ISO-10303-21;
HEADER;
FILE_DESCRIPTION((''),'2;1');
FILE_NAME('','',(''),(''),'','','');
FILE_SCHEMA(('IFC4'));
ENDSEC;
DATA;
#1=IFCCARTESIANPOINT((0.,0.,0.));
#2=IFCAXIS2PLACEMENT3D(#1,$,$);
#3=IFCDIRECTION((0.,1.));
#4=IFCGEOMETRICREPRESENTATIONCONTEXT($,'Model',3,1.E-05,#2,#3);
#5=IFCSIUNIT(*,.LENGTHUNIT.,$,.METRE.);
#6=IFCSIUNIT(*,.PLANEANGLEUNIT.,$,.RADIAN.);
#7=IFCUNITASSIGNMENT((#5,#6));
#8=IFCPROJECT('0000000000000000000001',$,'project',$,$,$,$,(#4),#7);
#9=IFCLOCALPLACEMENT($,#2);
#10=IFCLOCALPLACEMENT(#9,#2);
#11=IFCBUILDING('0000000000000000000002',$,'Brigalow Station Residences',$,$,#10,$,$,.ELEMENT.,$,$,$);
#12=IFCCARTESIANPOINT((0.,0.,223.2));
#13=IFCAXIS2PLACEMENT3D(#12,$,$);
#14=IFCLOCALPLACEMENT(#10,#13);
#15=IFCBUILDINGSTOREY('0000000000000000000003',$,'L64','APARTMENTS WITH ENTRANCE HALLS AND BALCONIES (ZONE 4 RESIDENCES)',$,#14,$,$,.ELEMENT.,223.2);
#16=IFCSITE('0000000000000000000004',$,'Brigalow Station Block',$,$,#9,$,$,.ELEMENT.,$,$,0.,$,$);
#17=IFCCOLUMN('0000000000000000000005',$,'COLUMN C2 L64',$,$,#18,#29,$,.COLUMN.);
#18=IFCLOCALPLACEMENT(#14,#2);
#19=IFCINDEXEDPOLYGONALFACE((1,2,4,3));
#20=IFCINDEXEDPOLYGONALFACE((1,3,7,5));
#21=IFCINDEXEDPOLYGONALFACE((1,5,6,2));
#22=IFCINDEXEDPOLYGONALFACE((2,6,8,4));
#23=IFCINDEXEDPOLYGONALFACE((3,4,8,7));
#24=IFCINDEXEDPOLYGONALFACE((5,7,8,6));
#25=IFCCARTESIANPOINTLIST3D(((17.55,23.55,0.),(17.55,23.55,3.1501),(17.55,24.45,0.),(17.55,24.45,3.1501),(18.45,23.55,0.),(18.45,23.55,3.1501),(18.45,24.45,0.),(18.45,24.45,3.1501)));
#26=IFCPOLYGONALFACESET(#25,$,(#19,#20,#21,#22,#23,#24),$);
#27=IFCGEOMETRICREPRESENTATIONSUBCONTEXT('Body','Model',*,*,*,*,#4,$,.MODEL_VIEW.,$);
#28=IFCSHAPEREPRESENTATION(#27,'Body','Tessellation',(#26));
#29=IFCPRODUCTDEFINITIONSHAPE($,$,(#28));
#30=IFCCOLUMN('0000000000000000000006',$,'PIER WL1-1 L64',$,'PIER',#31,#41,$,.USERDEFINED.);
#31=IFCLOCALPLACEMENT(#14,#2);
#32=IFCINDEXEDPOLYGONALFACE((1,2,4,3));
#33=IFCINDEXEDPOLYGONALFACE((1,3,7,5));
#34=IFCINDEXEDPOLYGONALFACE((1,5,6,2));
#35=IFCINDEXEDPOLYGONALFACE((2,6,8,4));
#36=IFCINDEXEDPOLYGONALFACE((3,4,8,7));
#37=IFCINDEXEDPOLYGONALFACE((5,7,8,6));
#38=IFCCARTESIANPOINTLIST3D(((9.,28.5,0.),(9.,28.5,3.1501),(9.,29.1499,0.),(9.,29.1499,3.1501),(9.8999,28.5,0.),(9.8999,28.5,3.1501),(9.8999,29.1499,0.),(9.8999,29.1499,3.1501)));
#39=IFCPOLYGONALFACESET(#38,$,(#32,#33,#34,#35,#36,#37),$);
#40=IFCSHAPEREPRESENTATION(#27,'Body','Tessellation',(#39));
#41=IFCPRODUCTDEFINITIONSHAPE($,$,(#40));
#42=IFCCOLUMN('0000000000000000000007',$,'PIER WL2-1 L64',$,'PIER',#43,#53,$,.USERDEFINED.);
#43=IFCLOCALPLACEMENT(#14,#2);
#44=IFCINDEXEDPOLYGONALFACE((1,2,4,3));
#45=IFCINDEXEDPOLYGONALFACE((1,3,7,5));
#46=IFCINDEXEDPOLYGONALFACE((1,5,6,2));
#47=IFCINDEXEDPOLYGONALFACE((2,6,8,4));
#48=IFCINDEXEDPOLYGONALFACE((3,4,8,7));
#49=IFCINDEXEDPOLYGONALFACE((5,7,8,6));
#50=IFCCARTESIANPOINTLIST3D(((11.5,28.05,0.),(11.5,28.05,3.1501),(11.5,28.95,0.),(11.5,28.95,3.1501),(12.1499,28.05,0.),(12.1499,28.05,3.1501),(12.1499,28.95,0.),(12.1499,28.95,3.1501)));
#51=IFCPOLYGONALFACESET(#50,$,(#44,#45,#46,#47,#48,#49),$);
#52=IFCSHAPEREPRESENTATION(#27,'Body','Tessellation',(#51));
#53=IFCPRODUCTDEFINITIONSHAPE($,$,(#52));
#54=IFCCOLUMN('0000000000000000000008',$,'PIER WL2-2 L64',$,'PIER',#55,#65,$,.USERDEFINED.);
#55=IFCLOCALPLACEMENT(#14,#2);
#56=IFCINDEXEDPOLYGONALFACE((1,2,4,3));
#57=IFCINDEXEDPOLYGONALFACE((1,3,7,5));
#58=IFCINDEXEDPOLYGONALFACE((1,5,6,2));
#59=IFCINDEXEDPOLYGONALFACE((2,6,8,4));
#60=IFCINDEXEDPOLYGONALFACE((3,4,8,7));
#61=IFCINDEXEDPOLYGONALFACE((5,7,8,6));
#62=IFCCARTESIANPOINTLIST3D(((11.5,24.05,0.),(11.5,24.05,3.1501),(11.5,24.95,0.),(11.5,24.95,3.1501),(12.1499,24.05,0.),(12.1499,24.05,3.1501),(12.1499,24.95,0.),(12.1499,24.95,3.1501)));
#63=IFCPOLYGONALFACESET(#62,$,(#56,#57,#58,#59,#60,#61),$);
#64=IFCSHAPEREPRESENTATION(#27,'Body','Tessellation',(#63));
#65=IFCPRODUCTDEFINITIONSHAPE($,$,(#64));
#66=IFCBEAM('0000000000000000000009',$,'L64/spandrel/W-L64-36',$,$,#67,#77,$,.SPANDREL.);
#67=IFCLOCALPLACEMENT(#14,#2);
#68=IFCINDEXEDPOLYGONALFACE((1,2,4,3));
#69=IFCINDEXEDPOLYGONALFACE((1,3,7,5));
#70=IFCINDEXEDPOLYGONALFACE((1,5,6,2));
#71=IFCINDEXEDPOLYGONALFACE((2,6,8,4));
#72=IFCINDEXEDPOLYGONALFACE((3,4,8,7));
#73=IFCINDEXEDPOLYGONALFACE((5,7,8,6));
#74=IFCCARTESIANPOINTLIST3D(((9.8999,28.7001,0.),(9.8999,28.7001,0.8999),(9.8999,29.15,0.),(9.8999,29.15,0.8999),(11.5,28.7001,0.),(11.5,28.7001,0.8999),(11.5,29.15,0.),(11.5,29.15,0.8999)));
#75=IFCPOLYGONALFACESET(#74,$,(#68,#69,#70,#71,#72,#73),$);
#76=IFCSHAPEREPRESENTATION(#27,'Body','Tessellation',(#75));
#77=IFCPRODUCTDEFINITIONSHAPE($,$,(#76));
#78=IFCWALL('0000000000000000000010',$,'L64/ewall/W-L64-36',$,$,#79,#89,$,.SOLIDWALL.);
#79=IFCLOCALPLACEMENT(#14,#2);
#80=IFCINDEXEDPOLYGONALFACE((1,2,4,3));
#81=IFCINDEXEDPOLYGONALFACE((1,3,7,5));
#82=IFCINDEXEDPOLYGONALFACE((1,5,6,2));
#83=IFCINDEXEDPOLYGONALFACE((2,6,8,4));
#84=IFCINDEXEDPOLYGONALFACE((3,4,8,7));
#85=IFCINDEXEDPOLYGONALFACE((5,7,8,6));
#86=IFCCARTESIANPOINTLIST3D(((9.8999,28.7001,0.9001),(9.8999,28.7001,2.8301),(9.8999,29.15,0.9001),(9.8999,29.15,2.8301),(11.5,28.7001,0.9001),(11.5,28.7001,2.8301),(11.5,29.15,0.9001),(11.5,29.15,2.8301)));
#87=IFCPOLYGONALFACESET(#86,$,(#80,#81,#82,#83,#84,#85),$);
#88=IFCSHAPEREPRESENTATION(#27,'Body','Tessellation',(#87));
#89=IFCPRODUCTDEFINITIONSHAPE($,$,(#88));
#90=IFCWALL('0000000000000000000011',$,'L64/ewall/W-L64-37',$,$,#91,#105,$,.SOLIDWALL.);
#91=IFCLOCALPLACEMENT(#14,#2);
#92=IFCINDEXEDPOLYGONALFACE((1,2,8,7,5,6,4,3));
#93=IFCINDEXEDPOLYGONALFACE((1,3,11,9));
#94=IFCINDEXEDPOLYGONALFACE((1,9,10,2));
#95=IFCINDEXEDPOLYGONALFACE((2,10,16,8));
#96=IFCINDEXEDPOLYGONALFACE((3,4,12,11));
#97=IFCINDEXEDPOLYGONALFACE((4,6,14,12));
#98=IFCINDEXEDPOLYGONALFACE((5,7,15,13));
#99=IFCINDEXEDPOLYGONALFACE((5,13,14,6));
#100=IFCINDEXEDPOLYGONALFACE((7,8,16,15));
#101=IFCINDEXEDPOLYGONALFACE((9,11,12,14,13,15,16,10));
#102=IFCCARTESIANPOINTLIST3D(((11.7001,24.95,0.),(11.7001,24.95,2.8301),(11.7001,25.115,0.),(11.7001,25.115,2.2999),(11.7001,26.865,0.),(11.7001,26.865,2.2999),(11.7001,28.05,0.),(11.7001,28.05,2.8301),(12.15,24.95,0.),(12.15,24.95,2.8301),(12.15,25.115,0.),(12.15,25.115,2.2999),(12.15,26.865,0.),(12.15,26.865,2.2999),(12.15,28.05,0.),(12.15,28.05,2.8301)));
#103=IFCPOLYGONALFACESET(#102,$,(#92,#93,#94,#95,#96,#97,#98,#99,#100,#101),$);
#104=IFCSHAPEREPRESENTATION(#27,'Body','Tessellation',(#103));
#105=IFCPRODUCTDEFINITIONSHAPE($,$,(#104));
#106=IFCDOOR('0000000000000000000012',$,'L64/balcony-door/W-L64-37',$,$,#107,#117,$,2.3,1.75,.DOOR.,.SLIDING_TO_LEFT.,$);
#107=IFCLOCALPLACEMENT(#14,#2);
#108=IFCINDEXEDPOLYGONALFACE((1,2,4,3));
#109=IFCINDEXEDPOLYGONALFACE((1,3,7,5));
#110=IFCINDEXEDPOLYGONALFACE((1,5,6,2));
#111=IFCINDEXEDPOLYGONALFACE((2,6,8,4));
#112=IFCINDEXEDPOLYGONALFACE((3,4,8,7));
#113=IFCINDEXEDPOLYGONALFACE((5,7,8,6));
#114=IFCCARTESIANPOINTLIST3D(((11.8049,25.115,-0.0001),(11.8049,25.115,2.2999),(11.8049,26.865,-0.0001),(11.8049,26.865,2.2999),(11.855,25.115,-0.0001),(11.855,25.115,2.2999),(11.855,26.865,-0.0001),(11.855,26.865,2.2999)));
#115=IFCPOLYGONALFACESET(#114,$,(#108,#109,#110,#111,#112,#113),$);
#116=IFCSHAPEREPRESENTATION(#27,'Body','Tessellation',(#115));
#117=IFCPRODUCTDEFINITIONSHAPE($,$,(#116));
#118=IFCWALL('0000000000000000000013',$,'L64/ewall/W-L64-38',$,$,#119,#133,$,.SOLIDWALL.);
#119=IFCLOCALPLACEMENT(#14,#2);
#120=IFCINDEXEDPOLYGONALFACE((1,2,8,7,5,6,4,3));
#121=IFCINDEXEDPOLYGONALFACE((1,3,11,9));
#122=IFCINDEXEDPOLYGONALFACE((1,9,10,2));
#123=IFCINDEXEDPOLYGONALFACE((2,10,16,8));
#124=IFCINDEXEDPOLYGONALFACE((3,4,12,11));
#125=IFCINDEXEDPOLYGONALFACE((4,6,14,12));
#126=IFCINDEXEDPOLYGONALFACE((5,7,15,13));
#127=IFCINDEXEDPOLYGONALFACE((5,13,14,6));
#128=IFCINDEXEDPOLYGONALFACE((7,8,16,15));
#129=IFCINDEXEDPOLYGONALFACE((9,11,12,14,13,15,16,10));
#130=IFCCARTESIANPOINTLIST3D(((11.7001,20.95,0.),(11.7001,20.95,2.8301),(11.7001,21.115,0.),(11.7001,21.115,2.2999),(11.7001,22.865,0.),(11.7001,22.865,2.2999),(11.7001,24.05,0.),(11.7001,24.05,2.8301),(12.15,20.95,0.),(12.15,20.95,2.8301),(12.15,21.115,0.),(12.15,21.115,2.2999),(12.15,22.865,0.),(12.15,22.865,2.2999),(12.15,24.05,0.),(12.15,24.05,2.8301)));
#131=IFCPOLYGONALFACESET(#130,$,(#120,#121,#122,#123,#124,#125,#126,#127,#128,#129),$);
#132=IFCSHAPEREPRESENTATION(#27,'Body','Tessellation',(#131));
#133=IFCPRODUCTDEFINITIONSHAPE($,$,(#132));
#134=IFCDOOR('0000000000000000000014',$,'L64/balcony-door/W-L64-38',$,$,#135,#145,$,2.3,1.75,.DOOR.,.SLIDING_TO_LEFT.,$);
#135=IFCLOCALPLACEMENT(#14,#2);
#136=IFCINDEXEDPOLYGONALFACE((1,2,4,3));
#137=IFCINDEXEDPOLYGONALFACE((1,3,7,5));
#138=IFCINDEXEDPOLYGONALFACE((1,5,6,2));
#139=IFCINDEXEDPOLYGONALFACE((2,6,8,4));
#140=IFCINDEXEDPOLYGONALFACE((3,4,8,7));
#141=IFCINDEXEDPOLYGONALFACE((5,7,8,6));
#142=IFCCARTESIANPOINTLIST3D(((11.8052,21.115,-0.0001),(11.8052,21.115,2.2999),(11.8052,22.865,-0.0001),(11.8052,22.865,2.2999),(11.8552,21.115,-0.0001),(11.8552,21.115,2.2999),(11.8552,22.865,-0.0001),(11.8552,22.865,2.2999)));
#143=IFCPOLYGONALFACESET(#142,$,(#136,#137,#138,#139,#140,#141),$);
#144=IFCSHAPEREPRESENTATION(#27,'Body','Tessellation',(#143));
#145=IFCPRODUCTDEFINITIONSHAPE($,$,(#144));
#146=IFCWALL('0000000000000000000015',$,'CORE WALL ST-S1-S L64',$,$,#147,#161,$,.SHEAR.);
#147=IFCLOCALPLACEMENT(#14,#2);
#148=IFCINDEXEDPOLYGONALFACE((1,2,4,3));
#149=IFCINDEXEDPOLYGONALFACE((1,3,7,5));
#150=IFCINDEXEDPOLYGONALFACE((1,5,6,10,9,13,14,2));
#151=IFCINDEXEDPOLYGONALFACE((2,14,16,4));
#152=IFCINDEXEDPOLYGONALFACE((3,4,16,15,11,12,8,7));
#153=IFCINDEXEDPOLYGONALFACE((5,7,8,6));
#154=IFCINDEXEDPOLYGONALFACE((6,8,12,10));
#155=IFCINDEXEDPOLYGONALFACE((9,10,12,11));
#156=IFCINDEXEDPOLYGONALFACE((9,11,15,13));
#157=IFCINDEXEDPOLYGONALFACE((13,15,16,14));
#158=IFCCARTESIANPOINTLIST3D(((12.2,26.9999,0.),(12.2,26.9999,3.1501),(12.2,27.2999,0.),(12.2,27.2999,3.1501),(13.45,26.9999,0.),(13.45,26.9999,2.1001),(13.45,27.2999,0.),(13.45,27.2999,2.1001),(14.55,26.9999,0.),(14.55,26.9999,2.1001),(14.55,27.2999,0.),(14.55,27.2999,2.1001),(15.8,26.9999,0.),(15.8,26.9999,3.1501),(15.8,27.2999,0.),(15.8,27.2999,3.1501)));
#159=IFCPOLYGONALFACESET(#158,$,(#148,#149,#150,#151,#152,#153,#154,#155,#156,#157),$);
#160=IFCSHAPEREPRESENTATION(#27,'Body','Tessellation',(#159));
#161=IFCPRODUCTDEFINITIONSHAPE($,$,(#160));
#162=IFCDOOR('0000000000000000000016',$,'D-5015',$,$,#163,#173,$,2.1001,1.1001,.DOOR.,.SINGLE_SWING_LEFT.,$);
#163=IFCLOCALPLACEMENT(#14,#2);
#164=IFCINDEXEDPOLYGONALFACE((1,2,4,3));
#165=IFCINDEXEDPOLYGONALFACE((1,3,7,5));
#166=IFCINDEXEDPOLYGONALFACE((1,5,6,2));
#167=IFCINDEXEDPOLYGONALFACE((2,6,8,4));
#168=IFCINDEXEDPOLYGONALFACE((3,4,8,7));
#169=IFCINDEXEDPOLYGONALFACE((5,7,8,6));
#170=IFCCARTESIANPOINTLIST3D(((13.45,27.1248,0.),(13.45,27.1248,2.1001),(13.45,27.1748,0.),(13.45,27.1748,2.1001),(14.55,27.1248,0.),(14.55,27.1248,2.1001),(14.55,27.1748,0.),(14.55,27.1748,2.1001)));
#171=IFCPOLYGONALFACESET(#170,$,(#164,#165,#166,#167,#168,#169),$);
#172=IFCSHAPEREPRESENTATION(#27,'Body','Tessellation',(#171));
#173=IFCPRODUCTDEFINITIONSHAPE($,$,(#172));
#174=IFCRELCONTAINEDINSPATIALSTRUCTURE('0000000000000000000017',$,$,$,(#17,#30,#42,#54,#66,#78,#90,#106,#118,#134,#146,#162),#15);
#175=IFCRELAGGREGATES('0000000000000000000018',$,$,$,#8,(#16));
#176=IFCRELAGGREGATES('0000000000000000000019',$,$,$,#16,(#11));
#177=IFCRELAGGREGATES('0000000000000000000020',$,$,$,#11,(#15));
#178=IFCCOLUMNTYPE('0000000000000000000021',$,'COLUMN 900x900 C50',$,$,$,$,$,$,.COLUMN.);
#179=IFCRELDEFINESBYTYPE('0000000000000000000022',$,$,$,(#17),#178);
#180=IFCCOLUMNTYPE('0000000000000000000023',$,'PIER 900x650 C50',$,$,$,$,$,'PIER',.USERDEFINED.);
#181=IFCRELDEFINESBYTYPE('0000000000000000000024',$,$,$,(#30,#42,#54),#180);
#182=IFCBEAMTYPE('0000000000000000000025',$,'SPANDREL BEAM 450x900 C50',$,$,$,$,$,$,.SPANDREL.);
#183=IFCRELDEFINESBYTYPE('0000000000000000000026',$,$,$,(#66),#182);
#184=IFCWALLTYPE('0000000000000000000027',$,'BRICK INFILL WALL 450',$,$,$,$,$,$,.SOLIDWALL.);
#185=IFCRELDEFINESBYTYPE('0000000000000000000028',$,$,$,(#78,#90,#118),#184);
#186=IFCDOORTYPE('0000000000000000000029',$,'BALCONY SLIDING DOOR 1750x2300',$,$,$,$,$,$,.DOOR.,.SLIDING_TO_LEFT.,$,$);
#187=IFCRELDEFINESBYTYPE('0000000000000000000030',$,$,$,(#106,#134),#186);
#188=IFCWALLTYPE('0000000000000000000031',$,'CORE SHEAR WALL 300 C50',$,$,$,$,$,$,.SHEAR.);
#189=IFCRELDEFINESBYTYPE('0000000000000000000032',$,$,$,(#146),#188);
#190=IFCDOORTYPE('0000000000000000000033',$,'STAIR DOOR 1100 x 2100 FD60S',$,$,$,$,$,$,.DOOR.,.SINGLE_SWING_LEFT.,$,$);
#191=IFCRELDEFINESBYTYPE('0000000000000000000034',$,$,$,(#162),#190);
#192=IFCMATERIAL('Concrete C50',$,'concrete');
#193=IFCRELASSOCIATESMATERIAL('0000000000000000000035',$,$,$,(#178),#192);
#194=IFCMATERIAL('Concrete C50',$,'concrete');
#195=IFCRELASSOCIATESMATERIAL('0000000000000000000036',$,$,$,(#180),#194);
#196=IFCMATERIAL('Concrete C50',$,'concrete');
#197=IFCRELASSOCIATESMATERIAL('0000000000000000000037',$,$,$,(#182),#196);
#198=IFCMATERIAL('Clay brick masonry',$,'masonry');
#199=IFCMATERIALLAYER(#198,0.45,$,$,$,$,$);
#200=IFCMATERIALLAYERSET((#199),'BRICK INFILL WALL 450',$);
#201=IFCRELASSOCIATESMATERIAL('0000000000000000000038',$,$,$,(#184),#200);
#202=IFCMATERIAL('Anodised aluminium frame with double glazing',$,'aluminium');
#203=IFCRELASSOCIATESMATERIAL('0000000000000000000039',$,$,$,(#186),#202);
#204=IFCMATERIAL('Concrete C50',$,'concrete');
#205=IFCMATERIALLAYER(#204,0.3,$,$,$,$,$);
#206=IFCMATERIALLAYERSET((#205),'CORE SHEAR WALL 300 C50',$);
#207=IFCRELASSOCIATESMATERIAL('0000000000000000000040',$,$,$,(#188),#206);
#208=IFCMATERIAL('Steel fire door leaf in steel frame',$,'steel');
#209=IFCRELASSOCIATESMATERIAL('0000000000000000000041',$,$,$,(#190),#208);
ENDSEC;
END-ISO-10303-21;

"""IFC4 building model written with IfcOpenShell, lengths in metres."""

from ifc_helpers import new_model, si_unit, direction, frame, frame_2d, origin, origin_2d, place, context, subcontext, project, spatial, rectangle, extrude, material, layer, layer_set, material_profile, profile_set, type_object, element, fill, save


model = new_model("IFC4")

# Units and contexts
model_context = context("Model", 3, precision=1e-05, world=origin(), true_north=direction((0.0, 1.0)))
body_context = subcontext(model_context, "Body", "Model", "MODEL_VIEW")
ifc_project = project(units=[si_unit("LENGTHUNIT", "METRE"), si_unit("PLANEANGLEUNIT", "RADIAN")], contexts=[model_context])

# Site, building, storey
site_placement = place(None, origin())
site = spatial("IfcSite", under=ifc_project, at=site_placement, Name="Brigalow Station Block", CompositionType="ELEMENT", RefElevation=0.0)
building_placement = place(site_placement, origin())
building = spatial("IfcBuilding", under=site, at=building_placement, Name="Brigalow Station Residences", CompositionType="ELEMENT")
storey_placement = place(building_placement, frame((0.0, 0.0, 223.2)))
storey = spatial("IfcBuildingStorey", under=building, at=storey_placement, Name="L64", Description="APARTMENTS WITH ENTRANCE HALLS AND BALCONIES (ZONE 4 RESIDENCES)", CompositionType="ELEMENT", Elevation=223.2)

# Columns
ifc_material_1 = material(Name="Concrete C50", Category="concrete")
ifc_material_profile_1 = material_profile(ifc_material_1, rectangle(XDim=0.8999, YDim=0.8999, at=origin_2d()), Name="RC900x900")
ifc_profile_set_1 = profile_set([ifc_material_profile_1], Name="Concrete C50")
column_type_1 = type_object("IfcColumnType", Name="COLUMN 900x900 C50", PredefinedType="COLUMN", material=ifc_profile_set_1)
column_placement = place(storey_placement, frame((18.0, 24.0, 0.0), z_axis=(0.0, 0.0, 1.0), x_axis=(1.0, 0.0, 0.0)))
element("IfcColumn", 1, at=column_placement, inside=storey, type_object=column_type_1, Name="COLUMN C2 L64", PredefinedType="COLUMN", context=body_context, shape_type="SweptSolid", body=[
    extrude(rectangle(XDim=0.8999, YDim=0.8999, at=origin_2d()), origin(), (0.0, 0.0, 1.0), 3.1501),
])
ifc_material_2 = material(Name="Concrete C50", Category="concrete")
ifc_material_profile_2 = material_profile(ifc_material_2, rectangle(XDim=0.8999, YDim=0.6499, at=origin_2d()), Name="RC900x650")
ifc_profile_set_2 = profile_set([ifc_material_profile_2], Name="Concrete C50")
column_type_2 = type_object("IfcColumnType", Name="PIER 900x650 C50", ElementType="PIER", PredefinedType="USERDEFINED", material=ifc_profile_set_2)
for number, where, z_axis, x_axis, name in (
    (2, (9.45, 28.825, 0.0), (0.0, 0.0, 1.0), (1.0, 0.0, 0.0), "PIER WL1-1 L64"),
    (3, (11.825, 28.5, 0.0), (0.0, 0.0, 1.0), (0.0, -1.0, 0.0), "PIER WL2-1 L64"),
    (4, (11.825, 24.5, 0.0), (0.0, 0.0, 1.0), (0.0, -1.0, 0.0), "PIER WL2-2 L64"),
):
    element("IfcColumn", number, at=place(storey_placement, frame(where, z_axis=z_axis, x_axis=x_axis)), inside=storey, type_object=column_type_2, Name=name, ObjectType="PIER", PredefinedType="USERDEFINED", context=body_context, shape_type="SweptSolid", body=[
        extrude(rectangle(XDim=0.8999, YDim=0.6499, at=origin_2d()), origin(), (0.0, 0.0, 1.0), 3.1501),
    ])

# Beam
ifc_material_3 = material(Name="Concrete C50", Category="concrete")
ifc_material_profile_3 = material_profile(ifc_material_3, rectangle(XDim=0.45, YDim=0.8999, at=origin_2d()), Name="RC450x900")
ifc_profile_set_3 = profile_set([ifc_material_profile_3], Name="Concrete C50")
beam_type = type_object("IfcBeamType", Name="SPANDREL BEAM 450x900 C50", PredefinedType="SPANDREL", material=ifc_profile_set_3)
beam_placement = place(storey_placement, frame((9.8999, 28.925, 0.45), z_axis=(1.0, 0.0, 0.0), x_axis=(0.0, 1.0, 0.0)))
element("IfcBeam", 5, at=beam_placement, inside=storey, type_object=beam_type, Name="L64/spandrel/W-L64-36", PredefinedType="SPANDREL", context=body_context, shape_type="SweptSolid", body=[
    extrude(rectangle(XDim=0.45, YDim=0.8999, at=origin_2d()), origin(), (0.0, 0.0, 1.0), 1.6001),
])

# Wall
ifc_material_4 = material(Name="Clay brick masonry", Category="masonry")
ifc_layer_1 = layer(ifc_material_4, 0.45)
ifc_layer_set_1 = layer_set([ifc_layer_1], Name="BRICK INFILL WALL 450")
wall_type_1 = type_object("IfcWallType", Name="BRICK INFILL WALL 450", PredefinedType="SOLIDWALL", material=ifc_layer_set_1)
wall_1_placement = place(storey_placement, frame((9.8999, 28.925, 0.9001), z_axis=(0.0, 0.0, 1.0), x_axis=(1.0, 0.0, 0.0)))
element("IfcWall", 6, at=wall_1_placement, inside=storey, type_object=wall_type_1, Name="L64/ewall/W-L64-36", PredefinedType="SOLIDWALL", context=body_context, shape_type="SweptSolid", body=[
    extrude(rectangle(XDim=1.6001, YDim=0.45, at=frame_2d((0.8, 0.0))), origin(), (0.0, 0.0, 1.0), 1.9299),
])

# Walls, openings, doors
wall_2_placement = place(storey_placement, frame((11.925, 28.05, 0.0), z_axis=(0.0, 0.0, 1.0), x_axis=(0.0, -1.0, 0.0)))
wall_2 = element("IfcWall", 7, at=wall_2_placement, inside=storey, type_object=wall_type_1, Name="L64/ewall/W-L64-37", PredefinedType="SOLIDWALL", context=body_context, shape_type="SweptSolid", body=[
    extrude(rectangle(XDim=3.1001, YDim=0.45, at=frame_2d((1.55, 0.0))), origin(), (0.0, 0.0, 1.0), 2.8301),
])
opening_1_placement = place(wall_2_placement, frame((1.1851, 0.0, 0.0)))
opening_1 = element("IfcOpeningElement", 8, at=opening_1_placement, cuts=wall_2, PredefinedType="OPENING", context=body_context, shape_type="SweptSolid", body=[
    extrude(rectangle(XDim=1.75, YDim=2.3, at=frame_2d((0.875, 1.1499))), frame((0.0, 0.2349, 0.0), z_axis=(0.0, -1.0, 0.0), x_axis=(1.0, 0.0, 0.0)), (0.0, 0.0, 1.0), 0.47),
])
ifc_material_5 = material(Name="Anodised aluminium frame with double glazing", Category="aluminium")
door_type_1 = type_object("IfcDoorType", Name="BALCONY SLIDING DOOR 1750x2300", OperationType="SLIDING_TO_LEFT", PredefinedType="DOOR", material=ifc_material_5)
door_1_placement = place(opening_1_placement, frame((1.75, -0.1899, 0.0), z_axis=(0.0, 0.0, 1.0), x_axis=(-1.0, 0.0, 0.0)))
door_1 = element("IfcDoor", 9, at=door_1_placement, inside=storey, type_object=door_type_1, Name="L64/balcony-door/W-L64-37", OperationType="SLIDING_TO_LEFT", OverallHeight=2.3, OverallWidth=1.75, PredefinedType="DOOR", context=body_context, shape_type="SweptSolid", body=[
    extrude(rectangle(XDim=1.75, YDim=2.3, at=frame_2d((0.875, 1.1499))), frame((0.0, -0.0698, 0.0), z_axis=(0.0, -1.0, 0.0), x_axis=(1.0, 0.0, 0.0)), (0.0, 0.0, 1.0), 0.05),
])
fill(opening_1, door_1)
wall_3_placement = place(storey_placement, frame((11.925, 24.05, 0.0), z_axis=(0.0, 0.0, 1.0), x_axis=(0.0, -1.0, 0.0)))
wall_3 = element("IfcWall", 10, at=wall_3_placement, inside=storey, type_object=wall_type_1, Name="L64/ewall/W-L64-38", PredefinedType="SOLIDWALL", context=body_context, shape_type="SweptSolid", body=[
    extrude(rectangle(XDim=3.1001, YDim=0.45, at=frame_2d((1.55, 0.0))), origin(), (0.0, 0.0, 1.0), 2.8301),
])
opening_2_placement = place(wall_3_placement, frame((1.1851, 0.0, 0.0)))
opening_2 = element("IfcOpeningElement", 11, at=opening_2_placement, cuts=wall_3, PredefinedType="OPENING", context=body_context, shape_type="SweptSolid", body=[
    extrude(rectangle(XDim=1.75, YDim=2.3, at=frame_2d((0.875, 1.1499))), frame((0.0, 0.2349, 0.0), z_axis=(0.0, -1.0, 0.0), x_axis=(1.0, 0.0, 0.0)), (0.0, 0.0, 1.0), 0.47),
])
door_2_placement = place(opening_2_placement, origin())
door_2 = element("IfcDoor", 12, at=door_2_placement, inside=storey, type_object=door_type_1, Name="L64/balcony-door/W-L64-38", OperationType="SLIDING_TO_LEFT", OverallHeight=2.3, OverallWidth=1.75, PredefinedType="DOOR", context=body_context, shape_type="SweptSolid", body=[
    extrude(rectangle(XDim=1.75, YDim=2.3, at=frame_2d((0.875, 1.1499))), frame((0.0, -0.0698, 0.0), z_axis=(0.0, -1.0, 0.0), x_axis=(1.0, 0.0, 0.0)), (0.0, 0.0, 1.0), 0.05),
])
fill(opening_2, door_2)
ifc_material_6 = material(Name="Concrete C50", Category="concrete")
ifc_layer_2 = layer(ifc_material_6, 0.3)
ifc_layer_set_2 = layer_set([ifc_layer_2], Name="CORE SHEAR WALL 300 C50")
wall_type_2 = type_object("IfcWallType", Name="CORE SHEAR WALL 300 C50", PredefinedType="SHEAR", material=ifc_layer_set_2)
wall_4_placement = place(storey_placement, frame((12.2, 27.1499, 0.0), z_axis=(0.0, 0.0, 1.0), x_axis=(1.0, 0.0, 0.0)))
wall_4 = element("IfcWall", 13, at=wall_4_placement, inside=storey, type_object=wall_type_2, Name="CORE WALL ST-S1-S L64", PredefinedType="SHEAR", context=body_context, shape_type="SweptSolid", body=[
    extrude(rectangle(XDim=3.6001, YDim=0.3, at=frame_2d((1.8, 0.0))), origin(), (0.0, 0.0, 1.0), 3.1501),
])
opening_3_placement = place(wall_4_placement, frame((1.25, 0.0, 0.0)))
opening_3 = element("IfcOpeningElement", 14, at=opening_3_placement, cuts=wall_4, PredefinedType="OPENING", context=body_context, shape_type="SweptSolid", body=[
    extrude(rectangle(XDim=1.1001, YDim=2.1001, at=frame_2d((0.55, 1.05))), frame((0.0, 0.1602, 0.0), z_axis=(0.0, -1.0, 0.0), x_axis=(1.0, 0.0, 0.0)), (0.0, 0.0, 1.0), 0.3201),
])
ifc_material_7 = material(Name="Steel fire door leaf in steel frame", Category="steel")
door_type_2 = type_object("IfcDoorType", Name="STAIR DOOR 1100 x 2100 FD60S", OperationType="SINGLE_SWING_LEFT", PredefinedType="DOOR", material=ifc_material_7)
door_3_placement = place(opening_3_placement, origin())
door_3 = element("IfcDoor", 15, at=door_3_placement, inside=storey, type_object=door_type_2, Name="D-5015", OperationType="SINGLE_SWING_LEFT", OverallHeight=2.1001, OverallWidth=1.1001, PredefinedType="DOOR", context=body_context, shape_type="SweptSolid", body=[
    extrude(rectangle(XDim=1.1001, YDim=2.1001, at=frame_2d((0.55, 1.05))), frame((0.0, 0.0249, 0.0), z_axis=(0.0, -1.0, 0.0), x_axis=(1.0, 0.0, 0.0)), (0.0, 0.0, 1.0), 0.05),
])
fill(opening_3, door_3)

save(model, "model.ifc")
